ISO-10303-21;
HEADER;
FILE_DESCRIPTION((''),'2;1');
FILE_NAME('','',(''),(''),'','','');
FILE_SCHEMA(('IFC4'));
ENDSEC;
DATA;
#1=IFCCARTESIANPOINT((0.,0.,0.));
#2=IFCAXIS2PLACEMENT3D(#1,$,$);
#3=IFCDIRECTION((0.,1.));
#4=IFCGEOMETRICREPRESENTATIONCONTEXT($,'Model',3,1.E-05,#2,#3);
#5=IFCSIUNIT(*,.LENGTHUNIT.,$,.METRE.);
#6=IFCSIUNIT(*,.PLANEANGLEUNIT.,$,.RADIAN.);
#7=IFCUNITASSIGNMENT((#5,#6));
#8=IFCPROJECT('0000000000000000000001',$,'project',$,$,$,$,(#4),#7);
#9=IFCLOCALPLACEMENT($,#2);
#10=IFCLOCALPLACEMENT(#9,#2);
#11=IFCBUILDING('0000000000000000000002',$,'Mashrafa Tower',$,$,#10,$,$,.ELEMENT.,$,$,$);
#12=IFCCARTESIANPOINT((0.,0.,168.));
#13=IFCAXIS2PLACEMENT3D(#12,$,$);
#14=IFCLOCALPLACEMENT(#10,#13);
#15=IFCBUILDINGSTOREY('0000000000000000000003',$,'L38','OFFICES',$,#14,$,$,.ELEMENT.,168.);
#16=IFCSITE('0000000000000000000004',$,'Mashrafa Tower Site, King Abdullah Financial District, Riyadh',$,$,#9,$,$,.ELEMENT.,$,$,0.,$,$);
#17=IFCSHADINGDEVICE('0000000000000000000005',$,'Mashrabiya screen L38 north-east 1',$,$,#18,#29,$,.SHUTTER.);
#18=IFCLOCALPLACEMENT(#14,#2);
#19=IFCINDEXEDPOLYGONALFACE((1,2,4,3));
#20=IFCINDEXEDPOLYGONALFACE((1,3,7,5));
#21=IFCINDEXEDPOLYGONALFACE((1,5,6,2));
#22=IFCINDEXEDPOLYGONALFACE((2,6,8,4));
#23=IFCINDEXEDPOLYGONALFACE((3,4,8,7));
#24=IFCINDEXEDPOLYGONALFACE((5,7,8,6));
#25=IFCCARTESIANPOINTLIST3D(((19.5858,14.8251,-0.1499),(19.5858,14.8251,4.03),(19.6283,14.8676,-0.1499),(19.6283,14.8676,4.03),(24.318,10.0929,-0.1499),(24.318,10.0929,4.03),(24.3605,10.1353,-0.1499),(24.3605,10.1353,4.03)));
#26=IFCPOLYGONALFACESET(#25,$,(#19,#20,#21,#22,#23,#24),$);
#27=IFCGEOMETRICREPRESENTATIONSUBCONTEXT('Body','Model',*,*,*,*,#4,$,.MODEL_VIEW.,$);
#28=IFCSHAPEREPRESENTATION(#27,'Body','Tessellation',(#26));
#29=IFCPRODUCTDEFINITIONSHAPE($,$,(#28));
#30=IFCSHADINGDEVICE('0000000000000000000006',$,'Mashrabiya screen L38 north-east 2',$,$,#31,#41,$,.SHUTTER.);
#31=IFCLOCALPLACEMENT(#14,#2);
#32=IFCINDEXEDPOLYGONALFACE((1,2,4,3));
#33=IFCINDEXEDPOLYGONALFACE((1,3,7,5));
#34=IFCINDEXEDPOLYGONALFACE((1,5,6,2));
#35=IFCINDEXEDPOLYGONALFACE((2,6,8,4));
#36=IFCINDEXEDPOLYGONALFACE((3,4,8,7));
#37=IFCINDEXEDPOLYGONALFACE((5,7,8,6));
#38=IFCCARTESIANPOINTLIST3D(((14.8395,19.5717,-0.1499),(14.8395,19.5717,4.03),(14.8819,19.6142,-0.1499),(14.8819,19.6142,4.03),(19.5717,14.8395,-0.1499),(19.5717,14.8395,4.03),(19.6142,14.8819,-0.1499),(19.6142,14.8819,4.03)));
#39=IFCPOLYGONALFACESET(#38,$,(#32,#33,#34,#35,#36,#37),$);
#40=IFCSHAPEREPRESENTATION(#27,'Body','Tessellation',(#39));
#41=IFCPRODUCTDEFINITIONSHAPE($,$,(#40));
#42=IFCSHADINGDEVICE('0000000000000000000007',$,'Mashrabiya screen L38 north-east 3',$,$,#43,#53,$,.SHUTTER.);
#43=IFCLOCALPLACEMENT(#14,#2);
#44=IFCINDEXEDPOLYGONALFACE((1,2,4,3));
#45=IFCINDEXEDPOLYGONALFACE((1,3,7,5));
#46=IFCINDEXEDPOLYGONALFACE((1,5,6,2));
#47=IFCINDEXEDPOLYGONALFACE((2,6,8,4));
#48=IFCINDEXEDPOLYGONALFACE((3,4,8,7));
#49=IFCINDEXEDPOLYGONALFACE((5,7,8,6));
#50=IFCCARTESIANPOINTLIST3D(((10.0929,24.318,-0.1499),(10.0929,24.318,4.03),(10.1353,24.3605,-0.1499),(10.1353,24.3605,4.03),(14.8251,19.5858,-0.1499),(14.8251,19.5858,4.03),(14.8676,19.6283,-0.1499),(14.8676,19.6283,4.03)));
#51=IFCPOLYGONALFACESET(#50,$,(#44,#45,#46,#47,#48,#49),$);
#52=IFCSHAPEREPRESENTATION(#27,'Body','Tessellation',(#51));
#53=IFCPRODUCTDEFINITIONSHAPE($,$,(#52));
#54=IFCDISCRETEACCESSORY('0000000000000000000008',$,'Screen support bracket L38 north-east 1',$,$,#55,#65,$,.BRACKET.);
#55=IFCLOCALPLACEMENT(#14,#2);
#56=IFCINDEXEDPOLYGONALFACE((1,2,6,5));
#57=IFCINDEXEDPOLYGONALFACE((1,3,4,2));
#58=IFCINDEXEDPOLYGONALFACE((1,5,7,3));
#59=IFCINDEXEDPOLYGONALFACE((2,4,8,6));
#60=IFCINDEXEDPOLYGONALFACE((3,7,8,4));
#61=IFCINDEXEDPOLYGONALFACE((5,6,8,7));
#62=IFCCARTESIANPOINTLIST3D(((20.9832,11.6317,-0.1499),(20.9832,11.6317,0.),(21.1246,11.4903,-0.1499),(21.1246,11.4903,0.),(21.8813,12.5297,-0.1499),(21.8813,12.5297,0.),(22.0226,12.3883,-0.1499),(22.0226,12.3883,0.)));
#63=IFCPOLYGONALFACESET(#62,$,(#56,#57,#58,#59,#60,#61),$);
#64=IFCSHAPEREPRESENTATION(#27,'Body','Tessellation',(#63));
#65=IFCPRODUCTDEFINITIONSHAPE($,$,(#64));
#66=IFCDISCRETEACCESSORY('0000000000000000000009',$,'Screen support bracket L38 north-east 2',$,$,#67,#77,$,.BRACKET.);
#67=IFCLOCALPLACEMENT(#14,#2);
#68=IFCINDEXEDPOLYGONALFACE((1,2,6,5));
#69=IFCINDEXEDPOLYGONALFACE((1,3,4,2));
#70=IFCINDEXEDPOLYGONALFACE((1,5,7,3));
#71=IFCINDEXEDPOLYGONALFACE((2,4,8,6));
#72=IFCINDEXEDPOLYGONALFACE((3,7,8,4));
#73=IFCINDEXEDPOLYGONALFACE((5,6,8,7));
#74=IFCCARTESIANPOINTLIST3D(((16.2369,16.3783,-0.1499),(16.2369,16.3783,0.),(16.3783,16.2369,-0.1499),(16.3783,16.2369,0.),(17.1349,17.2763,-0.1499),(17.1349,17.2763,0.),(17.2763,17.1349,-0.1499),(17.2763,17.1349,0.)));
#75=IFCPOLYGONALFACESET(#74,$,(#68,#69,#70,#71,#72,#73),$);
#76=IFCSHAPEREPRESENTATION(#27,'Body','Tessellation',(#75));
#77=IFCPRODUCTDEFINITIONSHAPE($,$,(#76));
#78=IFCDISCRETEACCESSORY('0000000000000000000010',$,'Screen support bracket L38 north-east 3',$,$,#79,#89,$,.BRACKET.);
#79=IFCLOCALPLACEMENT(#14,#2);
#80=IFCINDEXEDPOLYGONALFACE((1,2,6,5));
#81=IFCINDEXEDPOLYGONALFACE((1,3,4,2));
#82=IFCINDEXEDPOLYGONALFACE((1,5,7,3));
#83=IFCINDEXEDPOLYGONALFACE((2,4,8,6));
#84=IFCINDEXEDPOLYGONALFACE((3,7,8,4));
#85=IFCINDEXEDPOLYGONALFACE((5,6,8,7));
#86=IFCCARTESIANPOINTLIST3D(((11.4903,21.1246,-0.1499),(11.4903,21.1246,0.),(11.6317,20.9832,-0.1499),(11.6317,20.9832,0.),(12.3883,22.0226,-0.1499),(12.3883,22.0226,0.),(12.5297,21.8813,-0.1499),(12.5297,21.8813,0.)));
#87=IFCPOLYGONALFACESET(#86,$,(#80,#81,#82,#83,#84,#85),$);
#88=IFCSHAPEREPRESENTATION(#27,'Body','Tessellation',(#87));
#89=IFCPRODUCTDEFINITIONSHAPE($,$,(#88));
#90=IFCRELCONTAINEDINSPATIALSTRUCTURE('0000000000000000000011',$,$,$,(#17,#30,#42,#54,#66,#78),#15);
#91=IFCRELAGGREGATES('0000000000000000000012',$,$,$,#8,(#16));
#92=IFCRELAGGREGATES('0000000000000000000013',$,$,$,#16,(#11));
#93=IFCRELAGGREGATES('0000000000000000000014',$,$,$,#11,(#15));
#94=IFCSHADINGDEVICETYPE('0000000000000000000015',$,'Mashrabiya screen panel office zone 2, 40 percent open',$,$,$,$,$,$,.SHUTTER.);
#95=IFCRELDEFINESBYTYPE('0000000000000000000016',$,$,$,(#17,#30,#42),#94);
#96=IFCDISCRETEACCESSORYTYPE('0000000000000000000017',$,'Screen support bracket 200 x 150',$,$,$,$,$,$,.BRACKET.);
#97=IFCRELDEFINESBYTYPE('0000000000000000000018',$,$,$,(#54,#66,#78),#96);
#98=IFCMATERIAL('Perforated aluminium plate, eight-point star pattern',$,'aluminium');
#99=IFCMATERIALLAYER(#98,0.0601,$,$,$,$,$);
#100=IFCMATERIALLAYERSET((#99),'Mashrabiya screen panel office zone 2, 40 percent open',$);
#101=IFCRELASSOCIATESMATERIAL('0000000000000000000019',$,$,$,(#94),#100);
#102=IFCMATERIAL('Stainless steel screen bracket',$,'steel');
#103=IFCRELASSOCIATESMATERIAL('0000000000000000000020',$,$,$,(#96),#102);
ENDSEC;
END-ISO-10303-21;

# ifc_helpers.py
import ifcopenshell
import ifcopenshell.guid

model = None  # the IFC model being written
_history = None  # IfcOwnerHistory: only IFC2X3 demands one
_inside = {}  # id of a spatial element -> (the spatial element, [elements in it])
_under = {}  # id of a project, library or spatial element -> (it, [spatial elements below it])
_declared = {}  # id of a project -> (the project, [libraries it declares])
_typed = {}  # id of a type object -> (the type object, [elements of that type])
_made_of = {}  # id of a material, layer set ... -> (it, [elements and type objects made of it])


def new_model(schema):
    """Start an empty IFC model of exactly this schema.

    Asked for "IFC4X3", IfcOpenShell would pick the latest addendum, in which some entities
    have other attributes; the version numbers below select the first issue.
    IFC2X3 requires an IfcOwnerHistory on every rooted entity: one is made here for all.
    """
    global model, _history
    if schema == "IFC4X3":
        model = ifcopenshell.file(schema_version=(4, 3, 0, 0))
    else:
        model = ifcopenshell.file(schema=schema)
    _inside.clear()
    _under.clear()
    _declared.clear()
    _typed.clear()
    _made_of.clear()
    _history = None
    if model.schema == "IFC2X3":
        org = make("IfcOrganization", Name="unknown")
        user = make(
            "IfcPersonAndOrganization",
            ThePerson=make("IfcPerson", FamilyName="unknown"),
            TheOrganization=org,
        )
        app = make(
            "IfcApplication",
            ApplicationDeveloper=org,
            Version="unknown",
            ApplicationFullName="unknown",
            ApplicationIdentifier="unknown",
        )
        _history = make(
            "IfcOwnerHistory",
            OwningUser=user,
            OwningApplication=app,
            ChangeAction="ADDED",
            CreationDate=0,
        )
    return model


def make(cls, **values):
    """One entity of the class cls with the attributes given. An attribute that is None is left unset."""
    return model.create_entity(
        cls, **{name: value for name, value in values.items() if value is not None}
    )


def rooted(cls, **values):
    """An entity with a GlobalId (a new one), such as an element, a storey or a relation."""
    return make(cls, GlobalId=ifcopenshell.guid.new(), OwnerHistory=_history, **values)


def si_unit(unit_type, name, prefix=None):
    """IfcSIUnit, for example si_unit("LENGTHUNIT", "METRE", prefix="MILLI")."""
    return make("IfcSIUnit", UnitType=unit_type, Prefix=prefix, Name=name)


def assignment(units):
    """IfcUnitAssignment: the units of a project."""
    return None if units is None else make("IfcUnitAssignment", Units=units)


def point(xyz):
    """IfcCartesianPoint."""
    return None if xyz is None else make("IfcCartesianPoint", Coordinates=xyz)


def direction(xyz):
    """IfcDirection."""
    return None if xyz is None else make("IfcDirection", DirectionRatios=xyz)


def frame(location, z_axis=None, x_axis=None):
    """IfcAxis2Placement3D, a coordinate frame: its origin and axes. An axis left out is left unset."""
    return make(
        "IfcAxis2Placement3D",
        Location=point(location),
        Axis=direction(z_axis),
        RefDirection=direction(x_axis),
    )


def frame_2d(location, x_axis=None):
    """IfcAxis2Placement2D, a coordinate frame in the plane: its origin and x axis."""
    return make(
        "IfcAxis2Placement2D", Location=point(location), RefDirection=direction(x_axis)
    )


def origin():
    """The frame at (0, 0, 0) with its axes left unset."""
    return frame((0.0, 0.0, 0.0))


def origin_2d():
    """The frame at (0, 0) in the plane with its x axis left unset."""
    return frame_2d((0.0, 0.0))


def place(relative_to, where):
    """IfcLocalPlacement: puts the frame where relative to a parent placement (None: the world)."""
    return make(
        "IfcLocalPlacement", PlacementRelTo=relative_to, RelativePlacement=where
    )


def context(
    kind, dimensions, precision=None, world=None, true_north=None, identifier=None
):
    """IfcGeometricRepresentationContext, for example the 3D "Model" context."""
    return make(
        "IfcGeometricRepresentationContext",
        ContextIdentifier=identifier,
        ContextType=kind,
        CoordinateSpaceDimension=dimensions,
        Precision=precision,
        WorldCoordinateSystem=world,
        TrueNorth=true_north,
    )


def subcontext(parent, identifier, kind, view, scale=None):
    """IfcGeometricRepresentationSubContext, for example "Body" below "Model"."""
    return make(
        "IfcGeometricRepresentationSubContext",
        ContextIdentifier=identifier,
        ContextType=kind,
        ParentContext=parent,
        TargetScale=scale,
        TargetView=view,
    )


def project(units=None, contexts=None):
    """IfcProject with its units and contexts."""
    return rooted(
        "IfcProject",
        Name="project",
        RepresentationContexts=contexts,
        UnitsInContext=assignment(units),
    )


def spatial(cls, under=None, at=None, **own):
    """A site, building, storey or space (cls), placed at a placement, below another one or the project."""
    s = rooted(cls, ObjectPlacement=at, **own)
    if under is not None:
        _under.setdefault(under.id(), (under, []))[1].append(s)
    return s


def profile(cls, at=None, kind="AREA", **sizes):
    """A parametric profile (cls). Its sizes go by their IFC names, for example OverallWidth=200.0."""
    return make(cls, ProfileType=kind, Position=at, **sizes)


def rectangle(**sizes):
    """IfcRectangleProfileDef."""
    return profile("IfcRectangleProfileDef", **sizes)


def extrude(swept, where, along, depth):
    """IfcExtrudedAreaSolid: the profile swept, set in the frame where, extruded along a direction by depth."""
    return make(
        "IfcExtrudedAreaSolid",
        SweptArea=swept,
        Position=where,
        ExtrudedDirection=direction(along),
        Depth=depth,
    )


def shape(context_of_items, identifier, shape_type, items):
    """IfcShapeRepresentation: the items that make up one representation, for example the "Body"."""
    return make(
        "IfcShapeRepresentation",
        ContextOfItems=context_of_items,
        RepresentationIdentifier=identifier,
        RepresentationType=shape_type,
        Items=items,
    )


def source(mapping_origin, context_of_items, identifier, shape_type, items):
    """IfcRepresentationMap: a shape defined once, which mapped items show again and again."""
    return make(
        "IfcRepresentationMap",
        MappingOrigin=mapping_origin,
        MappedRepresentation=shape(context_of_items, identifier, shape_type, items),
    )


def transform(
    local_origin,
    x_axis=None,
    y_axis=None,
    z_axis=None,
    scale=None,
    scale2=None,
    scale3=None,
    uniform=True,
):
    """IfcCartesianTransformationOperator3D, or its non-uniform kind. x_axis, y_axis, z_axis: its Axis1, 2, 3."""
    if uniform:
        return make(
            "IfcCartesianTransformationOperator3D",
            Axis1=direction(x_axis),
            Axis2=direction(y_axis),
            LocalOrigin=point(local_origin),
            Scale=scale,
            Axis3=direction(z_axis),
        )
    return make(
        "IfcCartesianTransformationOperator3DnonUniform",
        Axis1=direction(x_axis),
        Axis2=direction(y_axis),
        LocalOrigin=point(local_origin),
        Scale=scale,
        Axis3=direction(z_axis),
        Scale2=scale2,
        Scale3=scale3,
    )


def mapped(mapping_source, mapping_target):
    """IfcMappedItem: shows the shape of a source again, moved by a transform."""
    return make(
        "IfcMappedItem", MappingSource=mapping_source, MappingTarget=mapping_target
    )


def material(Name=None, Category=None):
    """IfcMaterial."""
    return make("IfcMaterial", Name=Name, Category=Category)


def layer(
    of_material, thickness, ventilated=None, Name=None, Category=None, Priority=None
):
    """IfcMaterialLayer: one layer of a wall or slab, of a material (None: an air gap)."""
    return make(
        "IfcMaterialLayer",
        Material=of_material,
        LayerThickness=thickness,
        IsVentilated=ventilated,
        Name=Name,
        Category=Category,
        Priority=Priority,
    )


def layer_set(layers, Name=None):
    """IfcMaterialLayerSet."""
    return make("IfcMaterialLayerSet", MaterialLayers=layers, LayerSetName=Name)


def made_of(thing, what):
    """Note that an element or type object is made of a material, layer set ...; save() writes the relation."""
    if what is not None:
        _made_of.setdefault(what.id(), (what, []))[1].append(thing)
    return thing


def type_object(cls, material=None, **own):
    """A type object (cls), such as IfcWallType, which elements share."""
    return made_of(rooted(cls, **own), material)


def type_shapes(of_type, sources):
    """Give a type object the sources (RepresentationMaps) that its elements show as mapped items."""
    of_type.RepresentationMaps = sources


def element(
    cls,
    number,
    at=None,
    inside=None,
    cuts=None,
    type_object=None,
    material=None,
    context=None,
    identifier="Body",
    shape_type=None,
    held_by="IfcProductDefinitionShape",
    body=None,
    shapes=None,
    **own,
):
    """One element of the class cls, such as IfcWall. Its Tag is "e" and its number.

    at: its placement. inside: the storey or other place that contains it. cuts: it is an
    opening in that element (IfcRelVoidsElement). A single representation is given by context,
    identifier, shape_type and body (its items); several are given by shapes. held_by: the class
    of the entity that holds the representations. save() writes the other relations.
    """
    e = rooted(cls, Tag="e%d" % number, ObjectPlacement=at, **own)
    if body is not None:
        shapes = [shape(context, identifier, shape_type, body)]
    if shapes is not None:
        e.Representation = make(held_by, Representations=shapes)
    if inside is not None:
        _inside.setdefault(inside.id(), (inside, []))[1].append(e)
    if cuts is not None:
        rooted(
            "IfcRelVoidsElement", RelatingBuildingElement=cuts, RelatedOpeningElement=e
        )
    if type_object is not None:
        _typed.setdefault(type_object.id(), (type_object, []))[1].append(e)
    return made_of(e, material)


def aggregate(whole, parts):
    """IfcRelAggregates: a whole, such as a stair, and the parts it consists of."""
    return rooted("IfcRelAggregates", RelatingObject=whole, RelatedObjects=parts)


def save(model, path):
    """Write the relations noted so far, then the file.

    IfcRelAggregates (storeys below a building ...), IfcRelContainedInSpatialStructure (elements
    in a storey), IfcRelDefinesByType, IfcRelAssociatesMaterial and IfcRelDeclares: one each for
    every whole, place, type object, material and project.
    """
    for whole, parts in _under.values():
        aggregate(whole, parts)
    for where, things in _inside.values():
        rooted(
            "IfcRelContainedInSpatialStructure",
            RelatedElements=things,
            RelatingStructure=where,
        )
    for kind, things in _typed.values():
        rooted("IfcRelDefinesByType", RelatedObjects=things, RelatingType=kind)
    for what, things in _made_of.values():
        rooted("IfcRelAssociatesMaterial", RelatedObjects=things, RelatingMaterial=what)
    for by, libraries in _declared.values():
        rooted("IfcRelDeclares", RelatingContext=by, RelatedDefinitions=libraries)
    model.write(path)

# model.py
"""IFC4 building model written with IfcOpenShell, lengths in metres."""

from ifc_helpers import new_model, si_unit, direction, frame, origin, origin_2d, place, context, subcontext, project, spatial, rectangle, extrude, source, transform, mapped, material, layer, layer_set, type_object, type_shapes, element, save


model = new_model("IFC4")

# Units and contexts
model_context = context("Model", 3, precision=1e-05, world=origin(), true_north=direction((0.0, 1.0)))
body_context = subcontext(model_context, "Body", "Model", "MODEL_VIEW")
ifc_project = project(units=[si_unit("LENGTHUNIT", "METRE"), si_unit("PLANEANGLEUNIT", "RADIAN")], contexts=[model_context])

# Site, building, storey
site_placement = place(None, origin())
site = spatial("IfcSite", under=ifc_project, at=site_placement, Name="Mashrafa Tower Site, King Abdullah Financial District, Riyadh", CompositionType="ELEMENT", RefElevation=0.0)
building_placement = place(site_placement, origin())
building = spatial("IfcBuilding", under=site, at=building_placement, Name="Mashrafa Tower", CompositionType="ELEMENT")
storey_placement = place(building_placement, frame((0.0, 0.0, 168.0)))
storey = spatial("IfcBuildingStorey", under=building, at=storey_placement, Name="L38", Description="OFFICES", CompositionType="ELEMENT", Elevation=168.0)

# Shading devices
ifc_material_1 = material(Name="Perforated aluminium plate, eight-point star pattern", Category="aluminium")
ifc_layer_1 = layer(ifc_material_1, 0.0601)
ifc_layer_set_1 = layer_set([ifc_layer_1], Name="Mashrabiya screen panel office zone 2, 40 percent open")
shading_device_type = type_object("IfcShadingDeviceType", Name="Mashrabiya screen panel office zone 2, 40 percent open", PredefinedType="SHUTTER", material=ifc_layer_set_1)
shared_shape_1 = source(origin(), body_context, "Body", "SweptSolid", [
    extrude(rectangle(XDim=6.6924, YDim=0.0601, at=origin_2d()), origin(), (0.0, 0.0, 1.0), 4.1799),
])
type_shapes(shading_device_type, [shared_shape_1])
for number, where, z_axis, x_axis, name in (
    (1, (21.9731, 12.4802, -0.1499), (0.0, 0.0, 1.0), (-0.707107, 0.707107, 0.0), "Mashrabiya screen L38 north-east 1"),
    (2, (17.2268, 17.2268, -0.1499), (0.0, 0.0, 1.0), (-0.707107, 0.707107, 0.0), "Mashrabiya screen L38 north-east 2"),
    (3, (12.4802, 21.9731, -0.1499), (0.0, 0.0, 1.0), (-0.707107, 0.707107, 0.0), "Mashrabiya screen L38 north-east 3"),
):
    element("IfcShadingDevice", number, at=place(storey_placement, frame(where, z_axis=z_axis, x_axis=x_axis)), inside=storey, type_object=shading_device_type, Name=name, PredefinedType="SHUTTER", context=body_context, shape_type="MappedRepresentation", body=[
        mapped(shared_shape_1, transform((0.0, 0.0, 0.0))),
    ])

# Discrete accessories
ifc_material_2 = material(Name="Stainless steel screen bracket", Category="steel")
discrete_accessory_type = type_object("IfcDiscreteAccessoryType", Name="Screen support bracket 200 x 150", PredefinedType="BRACKET", material=ifc_material_2)
shared_shape_2 = source(origin(), body_context, "Body", "SweptSolid", [
    extrude(rectangle(XDim=0.2, YDim=1.27, at=origin_2d()), origin(), (0.0, 0.0, 1.0), 0.1499),
])
type_shapes(discrete_accessory_type, [shared_shape_2])
for number, where, z_axis, x_axis, name in (
    (4, (21.5029, 12.01, -0.1499), (0.0, 0.0, 1.0), (-0.707107, 0.707107, 0.0), "Screen support bracket L38 north-east 1"),
    (5, (16.7566, 16.7566, -0.1499), (0.0, 0.0, 1.0), (-0.707107, 0.707107, 0.0), "Screen support bracket L38 north-east 2"),
    (6, (12.01, 21.5029, -0.1499), (0.0, 0.0, 1.0), (-0.707107, 0.707107, 0.0), "Screen support bracket L38 north-east 3"),
):
    element("IfcDiscreteAccessory", number, at=place(storey_placement, frame(where, z_axis=z_axis, x_axis=x_axis)), inside=storey, type_object=discrete_accessory_type, Name=name, PredefinedType="BRACKET", context=body_context, shape_type="MappedRepresentation", body=[
        mapped(shared_shape_2, transform((0.0, 0.0, 0.0))),
    ])

save(model, "model.ifc")
